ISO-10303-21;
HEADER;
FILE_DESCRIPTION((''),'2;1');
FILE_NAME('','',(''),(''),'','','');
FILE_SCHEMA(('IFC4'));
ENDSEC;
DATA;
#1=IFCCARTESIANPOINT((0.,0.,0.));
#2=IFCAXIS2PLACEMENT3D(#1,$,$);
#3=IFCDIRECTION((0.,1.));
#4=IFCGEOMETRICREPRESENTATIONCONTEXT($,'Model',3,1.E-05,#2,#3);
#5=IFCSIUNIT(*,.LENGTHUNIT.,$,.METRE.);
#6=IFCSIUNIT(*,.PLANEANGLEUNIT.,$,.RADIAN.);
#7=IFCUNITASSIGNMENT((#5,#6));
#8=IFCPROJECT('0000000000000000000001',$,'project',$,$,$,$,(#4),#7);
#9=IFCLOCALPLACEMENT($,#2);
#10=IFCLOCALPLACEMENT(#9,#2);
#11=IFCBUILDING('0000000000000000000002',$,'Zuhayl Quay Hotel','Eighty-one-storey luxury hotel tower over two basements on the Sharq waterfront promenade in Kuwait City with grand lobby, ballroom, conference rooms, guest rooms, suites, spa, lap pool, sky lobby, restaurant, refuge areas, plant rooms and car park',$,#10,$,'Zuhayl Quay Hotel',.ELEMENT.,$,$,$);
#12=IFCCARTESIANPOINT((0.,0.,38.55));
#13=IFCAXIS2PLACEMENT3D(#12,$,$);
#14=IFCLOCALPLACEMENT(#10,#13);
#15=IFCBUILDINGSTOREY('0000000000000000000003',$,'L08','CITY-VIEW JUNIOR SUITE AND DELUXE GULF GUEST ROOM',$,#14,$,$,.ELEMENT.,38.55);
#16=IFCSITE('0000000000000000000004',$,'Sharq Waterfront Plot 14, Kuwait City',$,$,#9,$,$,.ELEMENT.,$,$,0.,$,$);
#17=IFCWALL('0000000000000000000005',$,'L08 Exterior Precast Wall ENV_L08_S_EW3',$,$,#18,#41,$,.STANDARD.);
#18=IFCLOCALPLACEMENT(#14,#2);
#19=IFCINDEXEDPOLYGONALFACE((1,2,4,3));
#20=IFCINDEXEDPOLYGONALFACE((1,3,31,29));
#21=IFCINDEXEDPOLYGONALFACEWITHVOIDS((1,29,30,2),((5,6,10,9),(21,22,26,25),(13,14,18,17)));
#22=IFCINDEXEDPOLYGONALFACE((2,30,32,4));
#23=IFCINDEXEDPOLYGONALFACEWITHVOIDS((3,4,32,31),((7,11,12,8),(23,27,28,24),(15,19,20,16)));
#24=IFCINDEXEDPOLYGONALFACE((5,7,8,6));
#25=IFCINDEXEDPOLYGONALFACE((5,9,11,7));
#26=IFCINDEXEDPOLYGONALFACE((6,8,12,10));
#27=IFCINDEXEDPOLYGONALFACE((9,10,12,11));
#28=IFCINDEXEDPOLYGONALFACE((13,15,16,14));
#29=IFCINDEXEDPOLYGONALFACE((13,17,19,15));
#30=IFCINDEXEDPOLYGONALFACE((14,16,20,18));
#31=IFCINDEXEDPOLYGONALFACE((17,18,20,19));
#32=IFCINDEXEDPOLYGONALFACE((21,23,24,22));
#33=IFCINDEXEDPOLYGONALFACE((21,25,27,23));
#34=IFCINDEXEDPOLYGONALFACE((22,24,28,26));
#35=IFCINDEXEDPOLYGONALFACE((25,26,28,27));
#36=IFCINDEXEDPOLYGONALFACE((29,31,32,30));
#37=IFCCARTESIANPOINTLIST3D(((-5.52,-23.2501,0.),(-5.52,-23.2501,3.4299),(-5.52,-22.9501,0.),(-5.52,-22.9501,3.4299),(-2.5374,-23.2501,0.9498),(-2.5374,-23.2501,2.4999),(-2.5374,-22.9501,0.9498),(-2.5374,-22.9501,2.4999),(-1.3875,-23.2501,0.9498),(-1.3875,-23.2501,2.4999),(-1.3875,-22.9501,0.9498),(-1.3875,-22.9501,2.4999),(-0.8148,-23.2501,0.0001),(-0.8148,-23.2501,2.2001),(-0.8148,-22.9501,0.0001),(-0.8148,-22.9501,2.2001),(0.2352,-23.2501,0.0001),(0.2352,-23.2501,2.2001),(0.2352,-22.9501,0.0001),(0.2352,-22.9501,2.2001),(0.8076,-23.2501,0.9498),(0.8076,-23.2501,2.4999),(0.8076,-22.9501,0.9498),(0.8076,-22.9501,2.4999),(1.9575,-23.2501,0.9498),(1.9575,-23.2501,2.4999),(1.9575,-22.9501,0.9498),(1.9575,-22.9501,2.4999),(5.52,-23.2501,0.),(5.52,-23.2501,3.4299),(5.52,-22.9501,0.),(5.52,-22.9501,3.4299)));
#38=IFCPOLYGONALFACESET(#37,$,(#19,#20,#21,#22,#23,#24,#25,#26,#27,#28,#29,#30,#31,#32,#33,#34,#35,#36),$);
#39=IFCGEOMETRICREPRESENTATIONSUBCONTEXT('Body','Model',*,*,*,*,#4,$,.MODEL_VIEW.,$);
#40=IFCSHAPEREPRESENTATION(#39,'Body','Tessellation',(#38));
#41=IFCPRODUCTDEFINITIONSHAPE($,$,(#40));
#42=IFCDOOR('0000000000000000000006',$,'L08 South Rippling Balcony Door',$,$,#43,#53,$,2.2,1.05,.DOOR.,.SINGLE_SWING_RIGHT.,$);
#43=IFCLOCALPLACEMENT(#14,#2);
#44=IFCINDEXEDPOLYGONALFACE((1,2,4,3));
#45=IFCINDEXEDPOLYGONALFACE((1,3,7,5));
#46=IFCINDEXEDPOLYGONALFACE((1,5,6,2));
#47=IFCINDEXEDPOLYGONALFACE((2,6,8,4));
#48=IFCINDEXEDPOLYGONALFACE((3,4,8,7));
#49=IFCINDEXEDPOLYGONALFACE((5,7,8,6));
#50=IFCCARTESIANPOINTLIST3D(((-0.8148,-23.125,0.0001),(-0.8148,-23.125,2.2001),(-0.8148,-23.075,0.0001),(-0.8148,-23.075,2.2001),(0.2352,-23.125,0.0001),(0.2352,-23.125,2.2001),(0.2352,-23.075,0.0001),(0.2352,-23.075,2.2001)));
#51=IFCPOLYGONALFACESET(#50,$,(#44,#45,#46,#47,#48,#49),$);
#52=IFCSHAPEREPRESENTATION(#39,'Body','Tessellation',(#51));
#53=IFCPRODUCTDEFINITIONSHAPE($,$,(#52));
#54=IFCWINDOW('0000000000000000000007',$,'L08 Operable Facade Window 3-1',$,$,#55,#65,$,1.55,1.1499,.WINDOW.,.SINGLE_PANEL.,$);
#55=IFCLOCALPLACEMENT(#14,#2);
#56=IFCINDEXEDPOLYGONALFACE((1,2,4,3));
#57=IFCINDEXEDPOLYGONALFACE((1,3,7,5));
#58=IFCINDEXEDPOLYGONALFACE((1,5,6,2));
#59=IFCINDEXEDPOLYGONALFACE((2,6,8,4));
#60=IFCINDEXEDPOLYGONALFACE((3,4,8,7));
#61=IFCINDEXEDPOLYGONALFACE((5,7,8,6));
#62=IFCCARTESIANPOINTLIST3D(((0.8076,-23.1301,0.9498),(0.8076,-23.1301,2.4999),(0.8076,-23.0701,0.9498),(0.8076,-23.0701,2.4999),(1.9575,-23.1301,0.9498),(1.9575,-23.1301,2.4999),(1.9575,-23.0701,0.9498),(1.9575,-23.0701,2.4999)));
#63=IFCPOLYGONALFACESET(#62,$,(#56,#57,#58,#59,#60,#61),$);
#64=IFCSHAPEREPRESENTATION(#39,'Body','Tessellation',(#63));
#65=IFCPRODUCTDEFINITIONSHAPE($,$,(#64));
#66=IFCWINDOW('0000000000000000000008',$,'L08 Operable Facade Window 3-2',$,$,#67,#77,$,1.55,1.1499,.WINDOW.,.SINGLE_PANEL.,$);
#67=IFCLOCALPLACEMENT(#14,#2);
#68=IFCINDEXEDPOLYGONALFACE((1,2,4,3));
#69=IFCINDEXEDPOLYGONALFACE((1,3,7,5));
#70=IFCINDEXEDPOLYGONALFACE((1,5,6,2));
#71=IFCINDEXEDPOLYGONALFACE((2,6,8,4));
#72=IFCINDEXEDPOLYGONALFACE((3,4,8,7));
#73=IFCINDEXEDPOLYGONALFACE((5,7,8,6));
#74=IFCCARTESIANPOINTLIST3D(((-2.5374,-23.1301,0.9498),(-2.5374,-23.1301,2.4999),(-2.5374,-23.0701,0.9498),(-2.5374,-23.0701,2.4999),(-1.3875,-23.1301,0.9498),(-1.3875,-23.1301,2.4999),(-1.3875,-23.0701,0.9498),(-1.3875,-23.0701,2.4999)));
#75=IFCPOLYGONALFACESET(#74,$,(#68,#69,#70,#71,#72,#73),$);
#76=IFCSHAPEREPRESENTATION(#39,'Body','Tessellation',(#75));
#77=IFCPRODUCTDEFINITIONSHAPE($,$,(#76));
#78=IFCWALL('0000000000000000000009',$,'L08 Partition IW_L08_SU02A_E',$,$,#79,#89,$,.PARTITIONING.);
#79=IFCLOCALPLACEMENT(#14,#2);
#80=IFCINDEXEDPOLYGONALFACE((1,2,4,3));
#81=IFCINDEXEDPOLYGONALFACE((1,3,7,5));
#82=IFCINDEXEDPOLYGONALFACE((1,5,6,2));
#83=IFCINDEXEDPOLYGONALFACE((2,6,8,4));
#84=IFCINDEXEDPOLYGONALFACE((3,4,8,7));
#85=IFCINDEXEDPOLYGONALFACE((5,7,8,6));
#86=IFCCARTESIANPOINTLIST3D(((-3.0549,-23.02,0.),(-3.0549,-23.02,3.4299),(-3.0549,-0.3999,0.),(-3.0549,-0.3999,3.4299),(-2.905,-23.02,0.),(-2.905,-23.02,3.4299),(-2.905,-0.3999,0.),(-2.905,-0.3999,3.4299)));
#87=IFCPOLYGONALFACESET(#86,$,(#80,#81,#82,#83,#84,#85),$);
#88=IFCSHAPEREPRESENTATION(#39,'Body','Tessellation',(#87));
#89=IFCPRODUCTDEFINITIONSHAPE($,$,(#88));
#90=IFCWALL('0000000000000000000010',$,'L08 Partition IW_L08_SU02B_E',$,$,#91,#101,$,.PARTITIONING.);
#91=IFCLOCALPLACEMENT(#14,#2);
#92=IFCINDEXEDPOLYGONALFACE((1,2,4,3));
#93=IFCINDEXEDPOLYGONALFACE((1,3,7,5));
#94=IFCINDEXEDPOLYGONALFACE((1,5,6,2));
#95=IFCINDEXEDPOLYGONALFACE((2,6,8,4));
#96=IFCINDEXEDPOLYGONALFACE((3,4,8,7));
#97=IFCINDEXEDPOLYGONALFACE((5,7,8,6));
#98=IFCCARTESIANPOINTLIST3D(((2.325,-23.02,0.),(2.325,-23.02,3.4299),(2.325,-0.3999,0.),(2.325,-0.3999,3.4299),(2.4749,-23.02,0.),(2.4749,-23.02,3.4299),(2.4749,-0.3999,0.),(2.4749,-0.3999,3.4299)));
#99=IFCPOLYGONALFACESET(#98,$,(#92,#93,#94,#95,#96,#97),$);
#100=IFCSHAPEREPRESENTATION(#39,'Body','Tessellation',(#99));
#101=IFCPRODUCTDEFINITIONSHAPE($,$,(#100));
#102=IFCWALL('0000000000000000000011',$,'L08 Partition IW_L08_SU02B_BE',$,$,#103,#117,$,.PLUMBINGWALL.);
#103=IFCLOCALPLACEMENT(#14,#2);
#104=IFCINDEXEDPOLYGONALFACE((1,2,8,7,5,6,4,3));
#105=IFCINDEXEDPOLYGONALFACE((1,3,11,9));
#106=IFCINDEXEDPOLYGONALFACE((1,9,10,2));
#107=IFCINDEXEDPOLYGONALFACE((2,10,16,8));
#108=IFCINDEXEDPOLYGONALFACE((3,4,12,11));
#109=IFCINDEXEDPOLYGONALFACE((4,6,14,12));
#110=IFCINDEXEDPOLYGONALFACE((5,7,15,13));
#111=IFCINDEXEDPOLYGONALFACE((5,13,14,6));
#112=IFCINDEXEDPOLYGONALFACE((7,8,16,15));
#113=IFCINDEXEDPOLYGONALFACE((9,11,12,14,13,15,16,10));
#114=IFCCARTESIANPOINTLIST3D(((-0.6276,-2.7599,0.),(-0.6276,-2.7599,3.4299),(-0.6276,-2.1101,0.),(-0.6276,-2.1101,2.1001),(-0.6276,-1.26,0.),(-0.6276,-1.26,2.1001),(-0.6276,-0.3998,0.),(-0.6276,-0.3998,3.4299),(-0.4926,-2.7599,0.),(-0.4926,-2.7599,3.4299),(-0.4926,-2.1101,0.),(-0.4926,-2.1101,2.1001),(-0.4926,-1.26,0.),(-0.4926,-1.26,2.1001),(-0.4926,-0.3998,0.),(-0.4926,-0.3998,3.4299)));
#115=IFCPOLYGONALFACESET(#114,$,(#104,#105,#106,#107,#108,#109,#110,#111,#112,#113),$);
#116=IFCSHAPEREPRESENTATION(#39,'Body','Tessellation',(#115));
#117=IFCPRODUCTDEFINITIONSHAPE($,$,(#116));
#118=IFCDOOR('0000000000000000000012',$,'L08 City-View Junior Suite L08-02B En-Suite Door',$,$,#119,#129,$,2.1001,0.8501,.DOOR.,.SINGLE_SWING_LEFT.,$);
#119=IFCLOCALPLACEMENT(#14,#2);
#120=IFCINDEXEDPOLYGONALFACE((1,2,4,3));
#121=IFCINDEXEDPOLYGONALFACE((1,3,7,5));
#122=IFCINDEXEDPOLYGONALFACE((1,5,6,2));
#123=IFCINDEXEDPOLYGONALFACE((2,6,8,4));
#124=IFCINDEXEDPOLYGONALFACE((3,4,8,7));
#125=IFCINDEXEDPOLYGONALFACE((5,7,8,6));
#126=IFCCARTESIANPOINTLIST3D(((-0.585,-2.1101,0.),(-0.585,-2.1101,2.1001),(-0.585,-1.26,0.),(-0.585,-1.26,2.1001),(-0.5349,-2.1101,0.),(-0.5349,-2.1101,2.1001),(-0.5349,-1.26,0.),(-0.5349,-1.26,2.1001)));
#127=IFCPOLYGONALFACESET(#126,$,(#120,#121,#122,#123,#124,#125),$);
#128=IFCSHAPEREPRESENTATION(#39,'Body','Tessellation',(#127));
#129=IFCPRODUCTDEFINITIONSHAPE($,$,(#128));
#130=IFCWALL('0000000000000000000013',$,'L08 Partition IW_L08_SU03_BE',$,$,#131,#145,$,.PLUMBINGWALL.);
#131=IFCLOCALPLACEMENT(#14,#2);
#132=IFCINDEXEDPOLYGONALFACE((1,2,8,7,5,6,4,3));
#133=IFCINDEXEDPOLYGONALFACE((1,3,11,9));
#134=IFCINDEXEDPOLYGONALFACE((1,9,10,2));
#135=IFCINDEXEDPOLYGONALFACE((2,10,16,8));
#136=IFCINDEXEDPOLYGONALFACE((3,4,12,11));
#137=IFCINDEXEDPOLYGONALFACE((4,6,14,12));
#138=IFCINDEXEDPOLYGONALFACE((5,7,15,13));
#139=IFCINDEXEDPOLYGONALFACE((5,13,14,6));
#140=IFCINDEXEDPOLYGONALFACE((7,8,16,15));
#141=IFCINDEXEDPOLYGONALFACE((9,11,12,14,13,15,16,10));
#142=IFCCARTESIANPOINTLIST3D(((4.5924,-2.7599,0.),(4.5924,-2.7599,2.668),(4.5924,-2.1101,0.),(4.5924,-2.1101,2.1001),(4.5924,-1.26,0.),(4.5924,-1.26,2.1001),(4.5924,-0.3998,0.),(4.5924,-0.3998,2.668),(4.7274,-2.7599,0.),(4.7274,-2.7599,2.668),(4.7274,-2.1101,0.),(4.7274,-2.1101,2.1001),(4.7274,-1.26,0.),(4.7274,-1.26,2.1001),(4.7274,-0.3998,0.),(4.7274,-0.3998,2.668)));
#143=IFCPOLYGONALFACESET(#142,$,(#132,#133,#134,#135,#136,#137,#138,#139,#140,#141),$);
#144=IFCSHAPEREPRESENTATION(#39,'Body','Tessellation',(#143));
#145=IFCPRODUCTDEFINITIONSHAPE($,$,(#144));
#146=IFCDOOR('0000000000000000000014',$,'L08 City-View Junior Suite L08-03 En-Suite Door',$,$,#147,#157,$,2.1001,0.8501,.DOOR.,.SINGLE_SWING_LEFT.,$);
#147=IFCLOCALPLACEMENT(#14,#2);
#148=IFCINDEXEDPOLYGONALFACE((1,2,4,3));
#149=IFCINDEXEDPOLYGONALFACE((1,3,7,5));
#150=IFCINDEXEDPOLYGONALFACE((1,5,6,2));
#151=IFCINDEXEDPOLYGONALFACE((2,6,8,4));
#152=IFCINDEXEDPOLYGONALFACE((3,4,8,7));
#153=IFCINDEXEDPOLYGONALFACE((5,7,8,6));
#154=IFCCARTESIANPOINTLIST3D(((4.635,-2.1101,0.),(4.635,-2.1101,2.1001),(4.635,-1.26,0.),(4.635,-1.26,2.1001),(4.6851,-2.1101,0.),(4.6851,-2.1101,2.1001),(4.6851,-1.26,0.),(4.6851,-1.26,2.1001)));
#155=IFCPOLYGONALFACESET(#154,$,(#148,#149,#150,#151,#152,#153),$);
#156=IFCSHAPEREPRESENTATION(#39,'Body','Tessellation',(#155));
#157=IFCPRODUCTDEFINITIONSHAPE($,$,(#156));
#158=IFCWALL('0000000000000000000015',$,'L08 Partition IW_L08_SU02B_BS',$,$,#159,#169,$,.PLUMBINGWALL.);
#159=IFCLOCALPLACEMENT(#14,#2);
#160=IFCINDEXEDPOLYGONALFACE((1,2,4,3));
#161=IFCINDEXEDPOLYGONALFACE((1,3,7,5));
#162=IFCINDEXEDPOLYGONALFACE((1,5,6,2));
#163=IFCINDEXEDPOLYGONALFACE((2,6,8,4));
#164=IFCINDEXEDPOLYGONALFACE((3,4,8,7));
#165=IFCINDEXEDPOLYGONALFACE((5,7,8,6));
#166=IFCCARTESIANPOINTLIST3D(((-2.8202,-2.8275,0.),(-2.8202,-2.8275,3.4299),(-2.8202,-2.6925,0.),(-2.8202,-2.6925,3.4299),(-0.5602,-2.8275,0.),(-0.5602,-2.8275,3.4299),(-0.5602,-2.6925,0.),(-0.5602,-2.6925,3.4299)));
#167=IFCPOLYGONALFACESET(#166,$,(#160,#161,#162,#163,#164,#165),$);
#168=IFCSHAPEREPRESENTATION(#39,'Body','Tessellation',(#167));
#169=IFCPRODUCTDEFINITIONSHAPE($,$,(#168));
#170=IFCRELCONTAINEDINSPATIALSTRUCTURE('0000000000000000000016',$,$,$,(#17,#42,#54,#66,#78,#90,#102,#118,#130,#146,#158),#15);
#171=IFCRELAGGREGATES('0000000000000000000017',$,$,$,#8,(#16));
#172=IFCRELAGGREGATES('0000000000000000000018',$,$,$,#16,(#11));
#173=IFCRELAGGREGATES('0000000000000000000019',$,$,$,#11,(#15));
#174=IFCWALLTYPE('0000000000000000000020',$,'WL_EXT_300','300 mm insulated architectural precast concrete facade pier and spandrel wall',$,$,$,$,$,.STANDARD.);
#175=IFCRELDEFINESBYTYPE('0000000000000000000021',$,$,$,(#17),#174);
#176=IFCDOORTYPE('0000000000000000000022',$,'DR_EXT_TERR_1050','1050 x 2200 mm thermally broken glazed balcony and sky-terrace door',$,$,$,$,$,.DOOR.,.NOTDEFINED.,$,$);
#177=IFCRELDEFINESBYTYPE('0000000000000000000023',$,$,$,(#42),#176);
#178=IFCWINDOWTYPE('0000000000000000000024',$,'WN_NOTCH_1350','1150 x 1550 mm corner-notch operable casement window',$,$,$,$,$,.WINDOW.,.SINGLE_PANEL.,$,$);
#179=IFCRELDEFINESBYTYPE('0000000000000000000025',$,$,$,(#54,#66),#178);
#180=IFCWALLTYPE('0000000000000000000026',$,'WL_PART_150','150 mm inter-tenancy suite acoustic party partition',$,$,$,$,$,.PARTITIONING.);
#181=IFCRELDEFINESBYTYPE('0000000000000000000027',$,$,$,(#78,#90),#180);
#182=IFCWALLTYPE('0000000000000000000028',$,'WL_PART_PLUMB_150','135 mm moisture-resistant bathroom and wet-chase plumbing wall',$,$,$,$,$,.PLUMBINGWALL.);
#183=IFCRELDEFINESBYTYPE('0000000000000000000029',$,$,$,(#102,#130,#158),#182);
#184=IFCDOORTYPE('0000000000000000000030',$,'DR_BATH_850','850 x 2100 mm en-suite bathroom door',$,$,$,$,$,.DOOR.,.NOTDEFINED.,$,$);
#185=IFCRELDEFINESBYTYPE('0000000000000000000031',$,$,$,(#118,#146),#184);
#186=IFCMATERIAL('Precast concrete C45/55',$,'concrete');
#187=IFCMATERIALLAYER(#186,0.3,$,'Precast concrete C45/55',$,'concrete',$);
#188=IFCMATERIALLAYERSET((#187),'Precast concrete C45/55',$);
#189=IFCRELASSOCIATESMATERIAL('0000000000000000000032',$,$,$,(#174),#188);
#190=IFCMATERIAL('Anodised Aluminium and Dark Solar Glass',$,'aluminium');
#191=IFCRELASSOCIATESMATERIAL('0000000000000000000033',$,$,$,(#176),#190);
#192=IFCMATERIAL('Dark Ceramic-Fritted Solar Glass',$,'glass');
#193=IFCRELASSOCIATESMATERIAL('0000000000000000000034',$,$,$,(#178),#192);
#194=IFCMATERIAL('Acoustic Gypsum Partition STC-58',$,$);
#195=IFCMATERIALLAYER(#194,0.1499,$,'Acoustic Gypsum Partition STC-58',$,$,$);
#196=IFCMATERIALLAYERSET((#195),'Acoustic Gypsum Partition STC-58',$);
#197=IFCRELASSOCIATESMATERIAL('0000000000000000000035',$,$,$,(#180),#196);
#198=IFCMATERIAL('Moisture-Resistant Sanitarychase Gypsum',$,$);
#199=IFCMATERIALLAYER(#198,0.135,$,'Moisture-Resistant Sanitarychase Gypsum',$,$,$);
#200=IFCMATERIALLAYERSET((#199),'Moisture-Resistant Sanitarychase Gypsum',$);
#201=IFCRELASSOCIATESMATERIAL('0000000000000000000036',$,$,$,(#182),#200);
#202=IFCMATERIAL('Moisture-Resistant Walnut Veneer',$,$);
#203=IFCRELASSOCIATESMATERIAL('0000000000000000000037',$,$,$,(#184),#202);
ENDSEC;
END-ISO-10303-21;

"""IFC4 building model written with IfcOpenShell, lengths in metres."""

from ifc_helpers import new_model, si_unit, direction, frame, frame_2d, origin, place, context, subcontext, project, spatial, rectangle, extrude, material, layer, layer_set, type_object, element, fill, save


model = new_model("IFC4")

# Units and contexts
model_context = context("Model", 3, precision=1e-05, world=origin(), true_north=direction((0.0, 1.0)))
body_context = subcontext(model_context, "Body", "Model", "MODEL_VIEW")
ifc_project = project(units=[si_unit("LENGTHUNIT", "METRE"), si_unit("PLANEANGLEUNIT", "RADIAN")], contexts=[model_context])

# Site, building, storey
site_placement = place(None, origin())
site = spatial("IfcSite", under=ifc_project, at=site_placement, Name="Sharq Waterfront Plot 14, Kuwait City", CompositionType="ELEMENT", RefElevation=0.0)
building_placement = place(site_placement, origin())
building = spatial("IfcBuilding", under=site, at=building_placement, Name="Zuhayl Quay Hotel", Description="Eighty-one-storey luxury hotel tower over two basements on the Sharq waterfront promenade in Kuwait City with grand lobby, ballroom, conference rooms, guest rooms, suites, spa, lap pool, sky lobby, restaurant, refuge areas, plant rooms and car park", LongName="Zuhayl Quay Hotel", CompositionType="ELEMENT")
storey_placement = place(building_placement, frame((0.0, 0.0, 38.55)))
storey = spatial("IfcBuildingStorey", under=building, at=storey_placement, Name="L08", Description="CITY-VIEW JUNIOR SUITE AND DELUXE GULF GUEST ROOM", CompositionType="ELEMENT", Elevation=38.55)

# Shared definitions
ifc_material_1 = material(Name="Dark Ceramic-Fritted Solar Glass", Category="glass")

# Wall, openings, door, windows
ifc_material_2 = material(Name="Precast concrete C45/55", Category="concrete")
ifc_layer_1 = layer(ifc_material_2, 0.3, Name="Precast concrete C45/55", Category="concrete")
ifc_layer_set_1 = layer_set([ifc_layer_1], Name="Precast concrete C45/55")
wall_type_1 = type_object("IfcWallType", Name="WL_EXT_300", Description="300 mm insulated architectural precast concrete facade pier and spandrel wall", PredefinedType="STANDARD", material=ifc_layer_set_1)
wall_1_placement = place(storey_placement, frame((5.52, -23.1001, 0.0), z_axis=(0.0, 0.0, 1.0), x_axis=(-1.0, 0.0, 0.0)))
wall_1 = element("IfcWall", 1, at=wall_1_placement, inside=storey, type_object=wall_type_1, Name="L08 Exterior Precast Wall ENV_L08_S_EW3", PredefinedType="STANDARD", context=body_context, shape_type="SweptSolid", body=[
    extrude(rectangle(XDim=11.04, YDim=0.3, at=frame_2d((5.52, 0.0))), origin(), (0.0, 0.0, 1.0), 3.4299),
])
opening_1_placement = place(wall_1_placement, frame((5.2849, 0.0, 0.0)))
opening_1 = element("IfcOpeningElement", 2, at=opening_1_placement, cuts=wall_1, PredefinedType="OPENING", context=body_context, shape_type="SweptSolid", body=[
    extrude(rectangle(XDim=1.05, YDim=2.2, at=frame_2d((0.5249, 1.1001))), frame((0.0, 0.1599, 0.0), z_axis=(0.0, -1.0, 0.0), x_axis=(1.0, 0.0, 0.0)), (0.0, 0.0, 1.0), 0.3201),
])
opening_2_placement = place(wall_1_placement, frame((3.5625, 0.0, 0.95)))
opening_2 = element("IfcOpeningElement", 3, at=opening_2_placement, cuts=wall_1, PredefinedType="OPENING", context=body_context, shape_type="SweptSolid", body=[
    extrude(rectangle(XDim=1.1499, YDim=1.55, at=frame_2d((0.575, 0.7749))), frame((0.0, 0.1599, 0.0), z_axis=(0.0, -1.0, 0.0), x_axis=(1.0, 0.0, 0.0)), (0.0, 0.0, 1.0), 0.3201),
])
opening_3_placement = place(wall_1_placement, frame((6.9075, 0.0, 0.95)))
opening_3 = element("IfcOpeningElement", 4, at=opening_3_placement, cuts=wall_1, PredefinedType="OPENING", context=body_context, shape_type="SweptSolid", body=[
    extrude(rectangle(XDim=1.1499, YDim=1.55, at=frame_2d((0.575, 0.7749))), frame((0.0, 0.1599, 0.0), z_axis=(0.0, -1.0, 0.0), x_axis=(1.0, 0.0, 0.0)), (0.0, 0.0, 1.0), 0.3201),
])
ifc_material_3 = material(Name="Anodised Aluminium and Dark Solar Glass", Category="aluminium")
door_type_1 = type_object("IfcDoorType", Name="DR_EXT_TERR_1050", Description="1050 x 2200 mm thermally broken glazed balcony and sky-terrace door", OperationType="NOTDEFINED", PredefinedType="DOOR", material=ifc_material_3)
door_1_placement = place(opening_1_placement, origin())
door_1 = element("IfcDoor", 5, at=door_1_placement, inside=storey, type_object=door_type_1, Name="L08 South Rippling Balcony Door", OperationType="SINGLE_SWING_RIGHT", OverallHeight=2.2, OverallWidth=1.05, PredefinedType="DOOR", context=body_context, shape_type="SweptSolid", body=[
    extrude(rectangle(XDim=1.05, YDim=2.2, at=frame_2d((0.5249, 1.1001))), frame((0.0, 0.0249, 0.0), z_axis=(0.0, -1.0, 0.0), x_axis=(1.0, 0.0, 0.0)), (0.0, 0.0, 1.0), 0.05),
])
fill(opening_1, door_1)
window_type = type_object("IfcWindowType", Name="WN_NOTCH_1350", Description="1150 x 1550 mm corner-notch operable casement window", PartitioningType="SINGLE_PANEL", PredefinedType="WINDOW", material=ifc_material_1)
window_1_placement = place(opening_2_placement, origin())
window_1 = element("IfcWindow", 6, at=window_1_placement, inside=storey, type_object=window_type, Name="L08 Operable Facade Window 3-1", OverallHeight=1.55, OverallWidth=1.1499, PartitioningType="SINGLE_PANEL", PredefinedType="WINDOW", context=body_context, shape_type="SweptSolid", body=[
    extrude(rectangle(XDim=1.1499, YDim=1.55, at=frame_2d((0.575, 0.7749))), frame((0.0, 0.03, 0.0), z_axis=(0.0, -1.0, 0.0), x_axis=(1.0, 0.0, 0.0)), (0.0, 0.0, 1.0), 0.0601),
])
fill(opening_2, window_1)
window_2_placement = place(opening_3_placement, origin())
window_2 = element("IfcWindow", 7, at=window_2_placement, inside=storey, type_object=window_type, Name="L08 Operable Facade Window 3-2", OverallHeight=1.55, OverallWidth=1.1499, PartitioningType="SINGLE_PANEL", PredefinedType="WINDOW", context=body_context, shape_type="SweptSolid", body=[
    extrude(rectangle(XDim=1.1499, YDim=1.55, at=frame_2d((0.575, 0.7749))), frame((0.0, 0.03, 0.0), z_axis=(0.0, -1.0, 0.0), x_axis=(1.0, 0.0, 0.0)), (0.0, 0.0, 1.0), 0.0601),
])
fill(opening_3, window_2)

# Walls
ifc_material_4 = material(Name="Acoustic Gypsum Partition STC-58")
ifc_layer_2 = layer(ifc_material_4, 0.1499, Name="Acoustic Gypsum Partition STC-58")
ifc_layer_set_2 = layer_set([ifc_layer_2], Name="Acoustic Gypsum Partition STC-58")
wall_type_2 = type_object("IfcWallType", Name="WL_PART_150", Description="150 mm inter-tenancy suite acoustic party partition", PredefinedType="PARTITIONING", material=ifc_layer_set_2)
for number, where, z_axis, x_axis, name in (
    (8, (-2.98, -23.02, 0.0), (0.0, 0.0, 1.0), (0.0, 1.0, 0.0), "L08 Partition IW_L08_SU02A_E"),
    (9, (2.3999, -23.02, 0.0), (0.0, 0.0, 1.0), (0.0, 1.0, 0.0), "L08 Partition IW_L08_SU02B_E"),
):
    element("IfcWall", number, at=place(storey_placement, frame(where, z_axis=z_axis, x_axis=x_axis)), inside=storey, type_object=wall_type_2, Name=name, PredefinedType="PARTITIONING", context=body_context, shape_type="SweptSolid", body=[
        extrude(rectangle(XDim=22.6201, YDim=0.1499, at=frame_2d((11.3101, 0.0))), origin(), (0.0, 0.0, 1.0), 3.4299),
    ])

# Walls, openings, doors
ifc_material_5 = material(Name="Moisture-Resistant Sanitarychase Gypsum")
ifc_layer_3 = layer(ifc_material_5, 0.135, Name="Moisture-Resistant Sanitarychase Gypsum")
ifc_layer_set_3 = layer_set([ifc_layer_3], Name="Moisture-Resistant Sanitarychase Gypsum")
wall_type_3 = type_object("IfcWallType", Name="WL_PART_PLUMB_150", Description="135 mm moisture-resistant bathroom and wet-chase plumbing wall", PredefinedType="PLUMBINGWALL", material=ifc_layer_set_3)
wall_2_placement = place(storey_placement, frame((-0.5601, -2.76, 0.0), z_axis=(0.0, 0.0, 1.0), x_axis=(0.0, 1.0, 0.0)))
wall_2 = element("IfcWall", 10, at=wall_2_placement, inside=storey, type_object=wall_type_3, Name="L08 Partition IW_L08_SU02B_BE", PredefinedType="PLUMBINGWALL", context=body_context, shape_type="SweptSolid", body=[
    extrude(rectangle(XDim=2.3601, YDim=0.135, at=frame_2d((1.1802, 0.0))), origin(), (0.0, 0.0, 1.0), 3.4299),
])
opening_4_placement = place(wall_2_placement, frame((0.6499, 0.0, 0.0)))
opening_4 = element("IfcOpeningElement", 11, at=opening_4_placement, cuts=wall_2, PredefinedType="OPENING", context=body_context, shape_type="SweptSolid", body=[
    extrude(rectangle(XDim=0.8501, YDim=2.1001, at=frame_2d((0.425, 1.05))), frame((0.0, 0.0774, 0.0), z_axis=(0.0, -1.0, 0.0), x_axis=(1.0, 0.0, 0.0)), (0.0, 0.0, 1.0), 0.155),
])
ifc_material_6 = material(Name="Moisture-Resistant Walnut Veneer")
door_type_2 = type_object("IfcDoorType", Name="DR_BATH_850", Description="850 x 2100 mm en-suite bathroom door", OperationType="NOTDEFINED", PredefinedType="DOOR", material=ifc_material_6)
door_2_placement = place(opening_4_placement, origin())
door_2 = element("IfcDoor", 12, at=door_2_placement, inside=storey, type_object=door_type_2, Name="L08 City-View Junior Suite L08-02B En-Suite Door", OperationType="SINGLE_SWING_LEFT", OverallHeight=2.1001, OverallWidth=0.8501, PredefinedType="DOOR", context=body_context, shape_type="SweptSolid", body=[
    extrude(rectangle(XDim=0.8501, YDim=2.1001, at=frame_2d((0.425, 1.05))), frame((0.0, 0.0249, 0.0), z_axis=(0.0, -1.0, 0.0), x_axis=(1.0, 0.0, 0.0)), (0.0, 0.0, 1.0), 0.05),
])
fill(opening_4, door_2)
wall_3_placement = place(storey_placement, frame((4.6599, -2.76, 0.0), z_axis=(0.0, 0.0, 1.0), x_axis=(0.0, 1.0, 0.0)))
wall_3 = element("IfcWall", 13, at=wall_3_placement, inside=storey, type_object=wall_type_3, Name="L08 Partition IW_L08_SU03_BE", PredefinedType="PLUMBINGWALL", context=body_context, shape_type="SweptSolid", body=[
    extrude(rectangle(XDim=2.3601, YDim=0.135, at=frame_2d((1.1802, 0.0))), origin(), (0.0, 0.0, 1.0), 2.668),
])
opening_5_placement = place(wall_3_placement, frame((0.6499, 0.0, 0.0)))
opening_5 = element("IfcOpeningElement", 14, at=opening_5_placement, cuts=wall_3, PredefinedType="OPENING", context=body_context, shape_type="SweptSolid", body=[
    extrude(rectangle(XDim=0.8501, YDim=2.1001, at=frame_2d((0.425, 1.05))), frame((0.0, 0.0774, 0.0), z_axis=(0.0, -1.0, 0.0), x_axis=(1.0, 0.0, 0.0)), (0.0, 0.0, 1.0), 0.155),
])
door_3_placement = place(opening_5_placement, origin())
door_3 = element("IfcDoor", 15, at=door_3_placement, inside=storey, type_object=door_type_2, Name="L08 City-View Junior Suite L08-03 En-Suite Door", OperationType="SINGLE_SWING_LEFT", OverallHeight=2.1001, OverallWidth=0.8501, PredefinedType="DOOR", context=body_context, shape_type="SweptSolid", body=[
    extrude(rectangle(XDim=0.8501, YDim=2.1001, at=frame_2d((0.425, 1.05))), frame((0.0, 0.0249, 0.0), z_axis=(0.0, -1.0, 0.0), x_axis=(1.0, 0.0, 0.0)), (0.0, 0.0, 1.0), 0.05),
])
fill(opening_5, door_3)

# Wall
for number, where, z_axis, x_axis, name in (
    (16, (-2.8201, -2.76, 0.0), (0.0, 0.0, 1.0), (1.0, 0.0, 0.0), "L08 Partition IW_L08_SU02B_BS"),
):
    element("IfcWall", number, at=place(storey_placement, frame(where, z_axis=z_axis, x_axis=x_axis)), inside=storey, type_object=wall_type_3, Name=name, PredefinedType="PLUMBINGWALL", context=body_context, shape_type="SweptSolid", body=[
        extrude(rectangle(XDim=2.26, YDim=0.135, at=frame_2d((1.1299, 0.0))), origin(), (0.0, 0.0, 1.0), 3.4299),
    ])

save(model, "model.ifc")
